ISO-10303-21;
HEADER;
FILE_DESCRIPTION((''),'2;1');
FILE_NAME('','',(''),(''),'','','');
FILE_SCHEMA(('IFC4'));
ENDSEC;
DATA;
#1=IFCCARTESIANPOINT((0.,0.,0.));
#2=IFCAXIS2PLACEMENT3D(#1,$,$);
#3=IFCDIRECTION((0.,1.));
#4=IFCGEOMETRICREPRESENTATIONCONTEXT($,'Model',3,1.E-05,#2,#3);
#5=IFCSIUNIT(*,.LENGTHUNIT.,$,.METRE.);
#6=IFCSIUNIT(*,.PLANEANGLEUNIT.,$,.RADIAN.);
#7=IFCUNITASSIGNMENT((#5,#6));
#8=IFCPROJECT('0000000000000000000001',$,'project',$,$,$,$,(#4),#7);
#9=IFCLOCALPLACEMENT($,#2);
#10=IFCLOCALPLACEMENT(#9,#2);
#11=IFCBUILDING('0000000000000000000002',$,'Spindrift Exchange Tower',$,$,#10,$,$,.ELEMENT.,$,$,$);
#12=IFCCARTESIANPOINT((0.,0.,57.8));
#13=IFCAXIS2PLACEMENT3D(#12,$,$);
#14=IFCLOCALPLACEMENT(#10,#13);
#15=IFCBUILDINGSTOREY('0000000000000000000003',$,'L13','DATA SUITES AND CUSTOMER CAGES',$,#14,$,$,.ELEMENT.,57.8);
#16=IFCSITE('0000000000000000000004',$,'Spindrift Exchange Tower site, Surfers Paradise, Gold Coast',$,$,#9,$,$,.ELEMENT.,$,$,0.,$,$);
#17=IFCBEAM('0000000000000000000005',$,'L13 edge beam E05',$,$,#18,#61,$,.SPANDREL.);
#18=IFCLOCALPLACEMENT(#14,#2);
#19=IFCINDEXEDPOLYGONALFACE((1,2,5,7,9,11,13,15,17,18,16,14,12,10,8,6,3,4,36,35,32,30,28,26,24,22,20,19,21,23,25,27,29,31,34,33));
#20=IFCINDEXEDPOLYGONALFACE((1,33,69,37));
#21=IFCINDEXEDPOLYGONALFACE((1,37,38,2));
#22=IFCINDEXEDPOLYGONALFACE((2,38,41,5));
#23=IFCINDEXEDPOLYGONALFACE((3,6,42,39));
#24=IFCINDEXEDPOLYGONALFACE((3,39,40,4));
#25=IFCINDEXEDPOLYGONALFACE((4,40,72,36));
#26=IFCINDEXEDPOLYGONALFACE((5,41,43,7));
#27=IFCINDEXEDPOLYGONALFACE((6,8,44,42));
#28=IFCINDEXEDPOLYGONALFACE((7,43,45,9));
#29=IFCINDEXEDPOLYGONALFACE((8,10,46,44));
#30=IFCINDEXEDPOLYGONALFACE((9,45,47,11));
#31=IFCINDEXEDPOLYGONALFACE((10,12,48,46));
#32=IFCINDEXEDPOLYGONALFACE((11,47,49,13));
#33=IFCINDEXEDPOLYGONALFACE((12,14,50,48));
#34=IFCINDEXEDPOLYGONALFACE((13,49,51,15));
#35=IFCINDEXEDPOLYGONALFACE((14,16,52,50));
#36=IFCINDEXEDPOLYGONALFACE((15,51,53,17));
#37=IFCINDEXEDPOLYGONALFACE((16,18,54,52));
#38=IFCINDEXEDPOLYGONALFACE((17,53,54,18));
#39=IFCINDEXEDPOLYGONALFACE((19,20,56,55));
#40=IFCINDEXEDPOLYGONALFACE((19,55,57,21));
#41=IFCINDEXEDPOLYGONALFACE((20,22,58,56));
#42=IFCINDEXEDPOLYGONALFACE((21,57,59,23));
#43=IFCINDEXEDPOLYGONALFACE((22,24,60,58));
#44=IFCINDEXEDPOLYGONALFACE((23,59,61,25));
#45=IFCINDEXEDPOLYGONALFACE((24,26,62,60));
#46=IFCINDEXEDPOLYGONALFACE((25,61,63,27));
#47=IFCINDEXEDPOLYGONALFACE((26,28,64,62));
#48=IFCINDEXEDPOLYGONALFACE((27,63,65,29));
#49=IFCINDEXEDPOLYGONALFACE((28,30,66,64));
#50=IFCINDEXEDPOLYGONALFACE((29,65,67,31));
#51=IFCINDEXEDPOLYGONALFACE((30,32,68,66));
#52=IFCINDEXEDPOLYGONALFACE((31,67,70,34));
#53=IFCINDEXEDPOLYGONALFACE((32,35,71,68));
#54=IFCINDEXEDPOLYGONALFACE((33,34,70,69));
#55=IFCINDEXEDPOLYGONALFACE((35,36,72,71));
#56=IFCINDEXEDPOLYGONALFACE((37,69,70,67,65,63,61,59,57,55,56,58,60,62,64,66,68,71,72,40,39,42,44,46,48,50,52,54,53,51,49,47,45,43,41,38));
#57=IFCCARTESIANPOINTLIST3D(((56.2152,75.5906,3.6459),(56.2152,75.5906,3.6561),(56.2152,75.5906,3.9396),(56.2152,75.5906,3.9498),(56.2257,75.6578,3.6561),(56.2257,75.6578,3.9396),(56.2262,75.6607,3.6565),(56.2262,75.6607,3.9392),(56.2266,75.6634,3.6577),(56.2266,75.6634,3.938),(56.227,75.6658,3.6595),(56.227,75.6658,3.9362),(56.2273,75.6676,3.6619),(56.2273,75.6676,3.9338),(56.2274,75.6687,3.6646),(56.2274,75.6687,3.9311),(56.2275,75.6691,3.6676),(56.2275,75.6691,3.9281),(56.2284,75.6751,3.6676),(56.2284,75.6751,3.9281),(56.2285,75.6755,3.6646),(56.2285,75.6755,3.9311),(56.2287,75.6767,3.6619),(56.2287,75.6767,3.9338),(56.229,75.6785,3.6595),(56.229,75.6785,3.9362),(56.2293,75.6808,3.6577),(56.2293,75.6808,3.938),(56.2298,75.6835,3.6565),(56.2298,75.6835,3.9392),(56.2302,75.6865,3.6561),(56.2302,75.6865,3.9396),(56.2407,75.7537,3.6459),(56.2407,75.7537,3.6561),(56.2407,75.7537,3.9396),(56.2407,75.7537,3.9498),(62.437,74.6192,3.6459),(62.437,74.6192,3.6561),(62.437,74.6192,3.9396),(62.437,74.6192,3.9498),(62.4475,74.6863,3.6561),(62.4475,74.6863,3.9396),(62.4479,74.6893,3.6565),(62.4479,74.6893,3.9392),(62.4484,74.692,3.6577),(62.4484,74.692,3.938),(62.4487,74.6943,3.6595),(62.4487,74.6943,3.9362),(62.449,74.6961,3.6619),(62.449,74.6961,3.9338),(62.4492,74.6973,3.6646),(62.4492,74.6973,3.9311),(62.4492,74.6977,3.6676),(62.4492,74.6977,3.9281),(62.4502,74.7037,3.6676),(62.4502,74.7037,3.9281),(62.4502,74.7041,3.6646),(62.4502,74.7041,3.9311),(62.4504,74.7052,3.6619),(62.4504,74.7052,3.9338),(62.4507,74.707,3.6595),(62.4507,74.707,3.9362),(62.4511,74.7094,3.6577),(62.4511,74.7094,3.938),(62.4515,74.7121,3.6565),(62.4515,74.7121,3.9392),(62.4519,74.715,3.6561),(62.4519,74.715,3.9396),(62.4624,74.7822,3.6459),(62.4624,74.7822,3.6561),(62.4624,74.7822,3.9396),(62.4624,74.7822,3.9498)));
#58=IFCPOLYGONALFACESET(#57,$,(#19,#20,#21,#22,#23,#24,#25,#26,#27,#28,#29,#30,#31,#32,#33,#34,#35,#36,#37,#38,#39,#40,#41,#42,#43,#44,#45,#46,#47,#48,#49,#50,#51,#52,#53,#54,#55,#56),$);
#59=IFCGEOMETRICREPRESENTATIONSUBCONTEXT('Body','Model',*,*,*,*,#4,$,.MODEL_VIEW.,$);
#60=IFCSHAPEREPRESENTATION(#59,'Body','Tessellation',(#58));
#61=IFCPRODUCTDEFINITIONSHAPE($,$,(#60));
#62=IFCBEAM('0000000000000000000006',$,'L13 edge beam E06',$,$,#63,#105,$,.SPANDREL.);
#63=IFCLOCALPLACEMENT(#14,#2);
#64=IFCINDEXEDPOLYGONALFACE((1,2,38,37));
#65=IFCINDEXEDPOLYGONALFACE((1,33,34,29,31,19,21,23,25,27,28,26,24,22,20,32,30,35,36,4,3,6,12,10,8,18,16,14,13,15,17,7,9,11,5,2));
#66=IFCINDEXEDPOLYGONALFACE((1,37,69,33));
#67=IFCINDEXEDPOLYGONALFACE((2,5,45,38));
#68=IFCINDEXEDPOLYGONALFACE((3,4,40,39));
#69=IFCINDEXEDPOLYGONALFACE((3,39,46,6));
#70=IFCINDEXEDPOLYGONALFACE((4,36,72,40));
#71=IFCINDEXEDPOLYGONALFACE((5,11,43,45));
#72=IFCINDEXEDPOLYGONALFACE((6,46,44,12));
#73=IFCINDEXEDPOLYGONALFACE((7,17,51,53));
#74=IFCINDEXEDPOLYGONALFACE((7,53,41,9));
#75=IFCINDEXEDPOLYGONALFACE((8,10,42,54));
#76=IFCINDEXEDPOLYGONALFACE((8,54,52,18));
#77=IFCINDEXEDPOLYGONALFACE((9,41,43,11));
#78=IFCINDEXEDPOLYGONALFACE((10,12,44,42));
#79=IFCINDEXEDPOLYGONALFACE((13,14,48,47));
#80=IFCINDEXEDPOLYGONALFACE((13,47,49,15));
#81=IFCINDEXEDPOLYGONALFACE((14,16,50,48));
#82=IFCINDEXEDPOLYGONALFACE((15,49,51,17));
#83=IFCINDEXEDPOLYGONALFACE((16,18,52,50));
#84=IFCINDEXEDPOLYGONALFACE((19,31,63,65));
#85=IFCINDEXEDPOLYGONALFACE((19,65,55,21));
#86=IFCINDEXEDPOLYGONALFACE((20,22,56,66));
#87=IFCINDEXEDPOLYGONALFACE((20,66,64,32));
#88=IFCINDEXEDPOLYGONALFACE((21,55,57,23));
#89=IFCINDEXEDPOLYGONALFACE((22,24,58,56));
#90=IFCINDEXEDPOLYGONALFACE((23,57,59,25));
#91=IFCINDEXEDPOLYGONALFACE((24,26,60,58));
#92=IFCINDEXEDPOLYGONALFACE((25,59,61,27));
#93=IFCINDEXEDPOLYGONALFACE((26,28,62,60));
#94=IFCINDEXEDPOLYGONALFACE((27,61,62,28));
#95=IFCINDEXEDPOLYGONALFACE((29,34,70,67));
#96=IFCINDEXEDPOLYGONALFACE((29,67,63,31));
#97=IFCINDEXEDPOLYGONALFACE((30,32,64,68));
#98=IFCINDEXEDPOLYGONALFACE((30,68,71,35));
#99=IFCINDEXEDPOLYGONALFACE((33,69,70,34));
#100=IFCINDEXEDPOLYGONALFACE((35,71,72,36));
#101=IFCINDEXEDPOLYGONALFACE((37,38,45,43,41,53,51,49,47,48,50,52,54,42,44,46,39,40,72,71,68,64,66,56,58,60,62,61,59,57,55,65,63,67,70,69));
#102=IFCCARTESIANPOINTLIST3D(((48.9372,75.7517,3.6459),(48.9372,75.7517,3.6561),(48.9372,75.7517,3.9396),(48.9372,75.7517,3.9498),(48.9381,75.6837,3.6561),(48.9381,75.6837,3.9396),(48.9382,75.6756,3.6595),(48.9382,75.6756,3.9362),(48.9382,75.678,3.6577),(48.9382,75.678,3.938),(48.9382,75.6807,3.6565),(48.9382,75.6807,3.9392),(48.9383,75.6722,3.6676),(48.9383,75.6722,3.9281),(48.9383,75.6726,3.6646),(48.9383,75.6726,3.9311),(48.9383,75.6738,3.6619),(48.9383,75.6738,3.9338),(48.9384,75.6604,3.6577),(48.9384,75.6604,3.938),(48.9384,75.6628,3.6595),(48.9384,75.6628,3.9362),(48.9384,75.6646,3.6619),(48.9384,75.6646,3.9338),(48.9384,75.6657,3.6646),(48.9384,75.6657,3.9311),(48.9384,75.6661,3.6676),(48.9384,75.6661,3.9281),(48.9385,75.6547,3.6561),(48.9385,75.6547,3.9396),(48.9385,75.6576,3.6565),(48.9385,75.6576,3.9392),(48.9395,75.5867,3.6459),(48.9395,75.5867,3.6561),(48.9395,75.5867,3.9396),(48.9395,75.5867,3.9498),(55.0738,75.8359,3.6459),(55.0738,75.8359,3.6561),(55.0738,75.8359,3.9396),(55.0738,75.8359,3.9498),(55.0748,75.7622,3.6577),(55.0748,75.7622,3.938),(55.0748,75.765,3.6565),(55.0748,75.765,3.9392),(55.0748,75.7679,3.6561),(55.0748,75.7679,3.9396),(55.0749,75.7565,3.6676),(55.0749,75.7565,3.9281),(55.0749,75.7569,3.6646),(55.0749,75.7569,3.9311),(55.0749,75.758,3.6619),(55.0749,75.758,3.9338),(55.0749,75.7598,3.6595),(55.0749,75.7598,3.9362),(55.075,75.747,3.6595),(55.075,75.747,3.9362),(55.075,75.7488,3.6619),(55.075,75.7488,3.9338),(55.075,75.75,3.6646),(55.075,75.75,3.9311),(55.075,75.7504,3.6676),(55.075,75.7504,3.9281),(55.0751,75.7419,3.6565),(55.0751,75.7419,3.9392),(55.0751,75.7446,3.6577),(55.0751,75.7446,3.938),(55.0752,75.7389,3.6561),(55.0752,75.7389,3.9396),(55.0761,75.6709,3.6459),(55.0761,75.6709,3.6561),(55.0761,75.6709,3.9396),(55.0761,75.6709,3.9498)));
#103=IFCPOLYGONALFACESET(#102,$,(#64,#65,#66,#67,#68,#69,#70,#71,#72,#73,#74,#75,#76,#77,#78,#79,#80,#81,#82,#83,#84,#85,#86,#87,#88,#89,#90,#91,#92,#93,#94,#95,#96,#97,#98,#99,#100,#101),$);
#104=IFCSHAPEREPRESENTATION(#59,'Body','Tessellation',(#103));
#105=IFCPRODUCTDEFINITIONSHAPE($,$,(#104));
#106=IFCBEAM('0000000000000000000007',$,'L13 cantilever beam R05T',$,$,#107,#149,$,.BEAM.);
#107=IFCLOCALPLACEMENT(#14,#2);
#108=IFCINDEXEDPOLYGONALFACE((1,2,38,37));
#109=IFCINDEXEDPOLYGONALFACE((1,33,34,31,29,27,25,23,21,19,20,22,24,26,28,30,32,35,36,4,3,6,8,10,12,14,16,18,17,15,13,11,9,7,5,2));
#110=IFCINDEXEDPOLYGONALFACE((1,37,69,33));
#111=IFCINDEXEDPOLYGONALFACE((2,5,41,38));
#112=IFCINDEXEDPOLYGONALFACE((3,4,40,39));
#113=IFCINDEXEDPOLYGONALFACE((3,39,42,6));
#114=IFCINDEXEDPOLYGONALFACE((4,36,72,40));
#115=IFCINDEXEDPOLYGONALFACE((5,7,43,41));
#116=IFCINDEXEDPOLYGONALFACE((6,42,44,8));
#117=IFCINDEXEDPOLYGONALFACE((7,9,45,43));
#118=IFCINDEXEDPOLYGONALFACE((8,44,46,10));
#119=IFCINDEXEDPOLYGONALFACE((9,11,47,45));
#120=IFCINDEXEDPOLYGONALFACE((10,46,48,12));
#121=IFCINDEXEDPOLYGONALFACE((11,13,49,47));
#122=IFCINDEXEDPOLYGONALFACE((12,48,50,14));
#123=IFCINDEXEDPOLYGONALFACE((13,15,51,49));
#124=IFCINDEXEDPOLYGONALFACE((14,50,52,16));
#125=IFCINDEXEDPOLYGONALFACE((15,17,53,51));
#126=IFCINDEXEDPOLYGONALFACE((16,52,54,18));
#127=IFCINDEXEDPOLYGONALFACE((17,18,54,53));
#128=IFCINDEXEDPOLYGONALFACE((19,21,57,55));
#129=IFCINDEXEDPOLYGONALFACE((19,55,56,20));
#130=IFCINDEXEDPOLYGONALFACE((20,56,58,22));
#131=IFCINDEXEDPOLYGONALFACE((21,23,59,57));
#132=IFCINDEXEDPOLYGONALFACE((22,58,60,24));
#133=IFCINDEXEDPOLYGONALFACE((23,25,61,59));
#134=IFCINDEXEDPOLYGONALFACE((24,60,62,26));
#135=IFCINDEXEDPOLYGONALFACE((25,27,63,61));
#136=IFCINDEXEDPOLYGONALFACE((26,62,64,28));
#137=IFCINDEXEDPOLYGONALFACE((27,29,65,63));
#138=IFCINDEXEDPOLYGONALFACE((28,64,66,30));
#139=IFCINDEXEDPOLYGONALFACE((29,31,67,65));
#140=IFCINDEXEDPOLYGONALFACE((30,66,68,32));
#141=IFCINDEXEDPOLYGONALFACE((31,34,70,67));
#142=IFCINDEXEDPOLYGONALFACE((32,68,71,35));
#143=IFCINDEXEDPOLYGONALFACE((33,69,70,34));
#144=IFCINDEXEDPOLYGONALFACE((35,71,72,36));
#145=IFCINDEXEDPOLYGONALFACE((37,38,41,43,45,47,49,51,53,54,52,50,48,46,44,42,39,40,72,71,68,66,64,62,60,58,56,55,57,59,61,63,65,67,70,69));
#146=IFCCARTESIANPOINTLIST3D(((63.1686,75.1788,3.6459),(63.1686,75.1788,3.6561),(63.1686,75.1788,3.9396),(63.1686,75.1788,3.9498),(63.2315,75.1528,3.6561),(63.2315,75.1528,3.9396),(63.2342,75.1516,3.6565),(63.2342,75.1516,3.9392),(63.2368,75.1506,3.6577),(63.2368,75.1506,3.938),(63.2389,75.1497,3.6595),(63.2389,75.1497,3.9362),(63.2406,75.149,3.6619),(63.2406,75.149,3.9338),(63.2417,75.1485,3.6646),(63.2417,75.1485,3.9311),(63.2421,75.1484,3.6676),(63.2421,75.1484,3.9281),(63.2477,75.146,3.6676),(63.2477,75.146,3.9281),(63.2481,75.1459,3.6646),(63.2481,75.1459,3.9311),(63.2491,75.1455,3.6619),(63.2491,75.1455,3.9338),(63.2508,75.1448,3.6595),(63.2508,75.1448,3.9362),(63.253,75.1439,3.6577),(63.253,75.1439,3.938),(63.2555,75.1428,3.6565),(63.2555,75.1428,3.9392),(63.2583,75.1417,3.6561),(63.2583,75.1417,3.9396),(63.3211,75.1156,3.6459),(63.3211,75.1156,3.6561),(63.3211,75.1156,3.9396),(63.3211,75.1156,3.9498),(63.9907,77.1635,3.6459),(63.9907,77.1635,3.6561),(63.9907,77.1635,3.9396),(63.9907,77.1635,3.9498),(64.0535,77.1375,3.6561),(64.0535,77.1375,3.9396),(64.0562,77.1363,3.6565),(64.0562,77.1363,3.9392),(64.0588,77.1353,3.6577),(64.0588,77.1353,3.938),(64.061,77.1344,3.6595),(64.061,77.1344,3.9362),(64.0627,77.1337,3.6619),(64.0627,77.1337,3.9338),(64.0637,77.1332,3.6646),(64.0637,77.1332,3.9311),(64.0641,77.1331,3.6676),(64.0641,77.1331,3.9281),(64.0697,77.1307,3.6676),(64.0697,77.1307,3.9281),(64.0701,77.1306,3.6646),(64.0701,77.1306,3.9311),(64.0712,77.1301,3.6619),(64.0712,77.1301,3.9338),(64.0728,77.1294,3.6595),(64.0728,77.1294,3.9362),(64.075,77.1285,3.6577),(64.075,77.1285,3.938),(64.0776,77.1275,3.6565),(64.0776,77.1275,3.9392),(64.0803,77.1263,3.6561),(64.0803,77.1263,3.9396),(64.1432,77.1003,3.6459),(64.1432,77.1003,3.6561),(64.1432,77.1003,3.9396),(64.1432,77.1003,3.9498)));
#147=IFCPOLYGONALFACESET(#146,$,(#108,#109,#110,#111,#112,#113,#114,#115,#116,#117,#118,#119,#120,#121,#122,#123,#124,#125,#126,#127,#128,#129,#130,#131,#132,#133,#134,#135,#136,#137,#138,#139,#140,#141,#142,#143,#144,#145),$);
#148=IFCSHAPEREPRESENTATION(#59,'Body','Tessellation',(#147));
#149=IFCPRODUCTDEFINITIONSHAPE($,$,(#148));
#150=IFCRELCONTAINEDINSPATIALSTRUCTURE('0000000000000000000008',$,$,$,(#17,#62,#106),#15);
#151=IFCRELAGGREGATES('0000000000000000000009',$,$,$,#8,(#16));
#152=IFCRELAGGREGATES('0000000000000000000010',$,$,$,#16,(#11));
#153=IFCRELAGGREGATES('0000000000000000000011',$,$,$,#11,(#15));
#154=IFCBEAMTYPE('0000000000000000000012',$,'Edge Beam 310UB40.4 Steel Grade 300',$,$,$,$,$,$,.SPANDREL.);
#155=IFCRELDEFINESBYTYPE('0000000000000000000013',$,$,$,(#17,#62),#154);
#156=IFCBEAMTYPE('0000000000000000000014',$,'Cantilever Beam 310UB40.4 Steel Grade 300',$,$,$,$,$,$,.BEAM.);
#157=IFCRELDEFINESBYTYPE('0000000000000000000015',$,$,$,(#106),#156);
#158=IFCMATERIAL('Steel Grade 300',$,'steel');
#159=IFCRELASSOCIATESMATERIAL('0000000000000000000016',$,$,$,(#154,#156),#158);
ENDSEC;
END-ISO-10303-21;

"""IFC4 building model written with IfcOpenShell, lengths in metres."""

from ifc_helpers import new_model, si_unit, direction, frame, origin, origin_2d, place, context, subcontext, project, spatial, i_section, extrude, source, transform, mapped, material, material_profile, profile_set, type_object, element, save


model = new_model("IFC4")

# Units and contexts
model_context = context("Model", 3, precision=1e-05, world=origin(), true_north=direction((0.0, 1.0)))
body_context = subcontext(model_context, "Body", "Model", "MODEL_VIEW")
ifc_project = project(units=[si_unit("LENGTHUNIT", "METRE"), si_unit("PLANEANGLEUNIT", "RADIAN")], contexts=[model_context])

# Site, building, storey
site_placement = place(None, origin())
site = spatial("IfcSite", under=ifc_project, at=site_placement, Name="Spindrift Exchange Tower site, Surfers Paradise, Gold Coast", CompositionType="ELEMENT", RefElevation=0.0)
building_placement = place(site_placement, origin())
building = spatial("IfcBuilding", under=site, at=building_placement, Name="Spindrift Exchange Tower", CompositionType="ELEMENT")
storey_placement = place(building_placement, frame((0.0, 0.0, 57.8)))
storey = spatial("IfcBuildingStorey", under=building, at=storey_placement, Name="L13", Description="DATA SUITES AND CUSTOMER CAGES", CompositionType="ELEMENT", Elevation=57.8)

# Beams
ifc_material_1 = material(Name="Steel Grade 300", Category="steel")
ifc_material_profile_1 = material_profile(ifc_material_1, i_section(OverallWidth=0.165, OverallDepth=0.304, WebThickness=0.0061, FlangeThickness=0.0103, FilletRadius=0.0115, at=origin_2d()), Name="310UB40.4")
ifc_profile_set_1 = profile_set([ifc_material_profile_1], Name="Steel Grade 300")
beam_type_1 = type_object("IfcBeamType", Name="Edge Beam 310UB40.4 Steel Grade 300", PredefinedType="SPANDREL", material=ifc_profile_set_1)
shared_shape_1 = source(origin(), body_context, "Body", "SweptSolid", [
    extrude(i_section(OverallWidth=0.165, OverallDepth=0.304, WebThickness=0.0061, FlangeThickness=0.0103, FilletRadius=0.0115, at=origin_2d()), origin(), (0.0, 0.0, 1.0), 6.2971),
])
beam_1_placement = place(storey_placement, frame((62.4497, 74.7007, 3.7979), z_axis=(-0.988029, 0.154268, 0.0), x_axis=(-0.154268, -0.988029, 0.0)))
element("IfcBeam", 1, at=beam_1_placement, inside=storey, type_object=beam_type_1, Name="L13 edge beam E05", PredefinedType="SPANDREL", context=body_context, shape_type="MappedRepresentation", body=[
    mapped(shared_shape_1, transform((0.0, 0.0, 0.0), scale=1.0)),
])
shared_shape_2 = source(origin(), body_context, "Body", "SweptSolid", [
    extrude(i_section(OverallWidth=0.165, OverallDepth=0.304, WebThickness=0.0061, FlangeThickness=0.0103, FilletRadius=0.0115, at=origin_2d()), origin(), (0.0, 0.0, 1.0), 6.1372),
])
beam_2_placement = place(storey_placement, frame((55.075, 75.7534, 3.7979), z_axis=(-0.999906, -0.013724, 0.0), x_axis=(0.013724, -0.999906, 0.0)))
element("IfcBeam", 2, at=beam_2_placement, inside=storey, type_object=beam_type_1, Name="L13 edge beam E06", PredefinedType="SPANDREL", context=body_context, shape_type="MappedRepresentation", body=[
    mapped(shared_shape_2, transform((0.0, 0.0, 0.0), scale=1.0)),
])
ifc_material_profile_2 = material_profile(ifc_material_1, i_section(OverallWidth=0.165, OverallDepth=0.304, WebThickness=0.0061, FlangeThickness=0.0103, FilletRadius=0.0115, at=origin_2d()), Name="310UB40.4")
ifc_profile_set_2 = profile_set([ifc_material_profile_2], Name="Steel Grade 300")
beam_type_2 = type_object("IfcBeamType", Name="Cantilever Beam 310UB40.4 Steel Grade 300", PredefinedType="BEAM", material=ifc_profile_set_2)
shared_shape_3 = source(origin(), body_context, "Body", "SweptSolid", [
    extrude(i_section(OverallWidth=0.165, OverallDepth=0.304, WebThickness=0.0061, FlangeThickness=0.0103, FilletRadius=0.0115, at=origin_2d()), origin(), (0.0, 0.0, 1.0), 2.1482),
])
beam_3_placement = place(storey_placement, frame((63.2449, 75.1472, 3.7979), z_axis=(0.38267, 0.923885, 0.0), x_axis=(-0.923885, 0.38267, 0.0)))
element("IfcBeam", 3, at=beam_3_placement, inside=storey, type_object=beam_type_2, Name="L13 cantilever beam R05T", PredefinedType="BEAM", context=body_context, shape_type="MappedRepresentation", body=[
    mapped(shared_shape_3, transform((0.0, 0.0, 0.0), scale=1.0)),
])

save(model, "model.ifc")
